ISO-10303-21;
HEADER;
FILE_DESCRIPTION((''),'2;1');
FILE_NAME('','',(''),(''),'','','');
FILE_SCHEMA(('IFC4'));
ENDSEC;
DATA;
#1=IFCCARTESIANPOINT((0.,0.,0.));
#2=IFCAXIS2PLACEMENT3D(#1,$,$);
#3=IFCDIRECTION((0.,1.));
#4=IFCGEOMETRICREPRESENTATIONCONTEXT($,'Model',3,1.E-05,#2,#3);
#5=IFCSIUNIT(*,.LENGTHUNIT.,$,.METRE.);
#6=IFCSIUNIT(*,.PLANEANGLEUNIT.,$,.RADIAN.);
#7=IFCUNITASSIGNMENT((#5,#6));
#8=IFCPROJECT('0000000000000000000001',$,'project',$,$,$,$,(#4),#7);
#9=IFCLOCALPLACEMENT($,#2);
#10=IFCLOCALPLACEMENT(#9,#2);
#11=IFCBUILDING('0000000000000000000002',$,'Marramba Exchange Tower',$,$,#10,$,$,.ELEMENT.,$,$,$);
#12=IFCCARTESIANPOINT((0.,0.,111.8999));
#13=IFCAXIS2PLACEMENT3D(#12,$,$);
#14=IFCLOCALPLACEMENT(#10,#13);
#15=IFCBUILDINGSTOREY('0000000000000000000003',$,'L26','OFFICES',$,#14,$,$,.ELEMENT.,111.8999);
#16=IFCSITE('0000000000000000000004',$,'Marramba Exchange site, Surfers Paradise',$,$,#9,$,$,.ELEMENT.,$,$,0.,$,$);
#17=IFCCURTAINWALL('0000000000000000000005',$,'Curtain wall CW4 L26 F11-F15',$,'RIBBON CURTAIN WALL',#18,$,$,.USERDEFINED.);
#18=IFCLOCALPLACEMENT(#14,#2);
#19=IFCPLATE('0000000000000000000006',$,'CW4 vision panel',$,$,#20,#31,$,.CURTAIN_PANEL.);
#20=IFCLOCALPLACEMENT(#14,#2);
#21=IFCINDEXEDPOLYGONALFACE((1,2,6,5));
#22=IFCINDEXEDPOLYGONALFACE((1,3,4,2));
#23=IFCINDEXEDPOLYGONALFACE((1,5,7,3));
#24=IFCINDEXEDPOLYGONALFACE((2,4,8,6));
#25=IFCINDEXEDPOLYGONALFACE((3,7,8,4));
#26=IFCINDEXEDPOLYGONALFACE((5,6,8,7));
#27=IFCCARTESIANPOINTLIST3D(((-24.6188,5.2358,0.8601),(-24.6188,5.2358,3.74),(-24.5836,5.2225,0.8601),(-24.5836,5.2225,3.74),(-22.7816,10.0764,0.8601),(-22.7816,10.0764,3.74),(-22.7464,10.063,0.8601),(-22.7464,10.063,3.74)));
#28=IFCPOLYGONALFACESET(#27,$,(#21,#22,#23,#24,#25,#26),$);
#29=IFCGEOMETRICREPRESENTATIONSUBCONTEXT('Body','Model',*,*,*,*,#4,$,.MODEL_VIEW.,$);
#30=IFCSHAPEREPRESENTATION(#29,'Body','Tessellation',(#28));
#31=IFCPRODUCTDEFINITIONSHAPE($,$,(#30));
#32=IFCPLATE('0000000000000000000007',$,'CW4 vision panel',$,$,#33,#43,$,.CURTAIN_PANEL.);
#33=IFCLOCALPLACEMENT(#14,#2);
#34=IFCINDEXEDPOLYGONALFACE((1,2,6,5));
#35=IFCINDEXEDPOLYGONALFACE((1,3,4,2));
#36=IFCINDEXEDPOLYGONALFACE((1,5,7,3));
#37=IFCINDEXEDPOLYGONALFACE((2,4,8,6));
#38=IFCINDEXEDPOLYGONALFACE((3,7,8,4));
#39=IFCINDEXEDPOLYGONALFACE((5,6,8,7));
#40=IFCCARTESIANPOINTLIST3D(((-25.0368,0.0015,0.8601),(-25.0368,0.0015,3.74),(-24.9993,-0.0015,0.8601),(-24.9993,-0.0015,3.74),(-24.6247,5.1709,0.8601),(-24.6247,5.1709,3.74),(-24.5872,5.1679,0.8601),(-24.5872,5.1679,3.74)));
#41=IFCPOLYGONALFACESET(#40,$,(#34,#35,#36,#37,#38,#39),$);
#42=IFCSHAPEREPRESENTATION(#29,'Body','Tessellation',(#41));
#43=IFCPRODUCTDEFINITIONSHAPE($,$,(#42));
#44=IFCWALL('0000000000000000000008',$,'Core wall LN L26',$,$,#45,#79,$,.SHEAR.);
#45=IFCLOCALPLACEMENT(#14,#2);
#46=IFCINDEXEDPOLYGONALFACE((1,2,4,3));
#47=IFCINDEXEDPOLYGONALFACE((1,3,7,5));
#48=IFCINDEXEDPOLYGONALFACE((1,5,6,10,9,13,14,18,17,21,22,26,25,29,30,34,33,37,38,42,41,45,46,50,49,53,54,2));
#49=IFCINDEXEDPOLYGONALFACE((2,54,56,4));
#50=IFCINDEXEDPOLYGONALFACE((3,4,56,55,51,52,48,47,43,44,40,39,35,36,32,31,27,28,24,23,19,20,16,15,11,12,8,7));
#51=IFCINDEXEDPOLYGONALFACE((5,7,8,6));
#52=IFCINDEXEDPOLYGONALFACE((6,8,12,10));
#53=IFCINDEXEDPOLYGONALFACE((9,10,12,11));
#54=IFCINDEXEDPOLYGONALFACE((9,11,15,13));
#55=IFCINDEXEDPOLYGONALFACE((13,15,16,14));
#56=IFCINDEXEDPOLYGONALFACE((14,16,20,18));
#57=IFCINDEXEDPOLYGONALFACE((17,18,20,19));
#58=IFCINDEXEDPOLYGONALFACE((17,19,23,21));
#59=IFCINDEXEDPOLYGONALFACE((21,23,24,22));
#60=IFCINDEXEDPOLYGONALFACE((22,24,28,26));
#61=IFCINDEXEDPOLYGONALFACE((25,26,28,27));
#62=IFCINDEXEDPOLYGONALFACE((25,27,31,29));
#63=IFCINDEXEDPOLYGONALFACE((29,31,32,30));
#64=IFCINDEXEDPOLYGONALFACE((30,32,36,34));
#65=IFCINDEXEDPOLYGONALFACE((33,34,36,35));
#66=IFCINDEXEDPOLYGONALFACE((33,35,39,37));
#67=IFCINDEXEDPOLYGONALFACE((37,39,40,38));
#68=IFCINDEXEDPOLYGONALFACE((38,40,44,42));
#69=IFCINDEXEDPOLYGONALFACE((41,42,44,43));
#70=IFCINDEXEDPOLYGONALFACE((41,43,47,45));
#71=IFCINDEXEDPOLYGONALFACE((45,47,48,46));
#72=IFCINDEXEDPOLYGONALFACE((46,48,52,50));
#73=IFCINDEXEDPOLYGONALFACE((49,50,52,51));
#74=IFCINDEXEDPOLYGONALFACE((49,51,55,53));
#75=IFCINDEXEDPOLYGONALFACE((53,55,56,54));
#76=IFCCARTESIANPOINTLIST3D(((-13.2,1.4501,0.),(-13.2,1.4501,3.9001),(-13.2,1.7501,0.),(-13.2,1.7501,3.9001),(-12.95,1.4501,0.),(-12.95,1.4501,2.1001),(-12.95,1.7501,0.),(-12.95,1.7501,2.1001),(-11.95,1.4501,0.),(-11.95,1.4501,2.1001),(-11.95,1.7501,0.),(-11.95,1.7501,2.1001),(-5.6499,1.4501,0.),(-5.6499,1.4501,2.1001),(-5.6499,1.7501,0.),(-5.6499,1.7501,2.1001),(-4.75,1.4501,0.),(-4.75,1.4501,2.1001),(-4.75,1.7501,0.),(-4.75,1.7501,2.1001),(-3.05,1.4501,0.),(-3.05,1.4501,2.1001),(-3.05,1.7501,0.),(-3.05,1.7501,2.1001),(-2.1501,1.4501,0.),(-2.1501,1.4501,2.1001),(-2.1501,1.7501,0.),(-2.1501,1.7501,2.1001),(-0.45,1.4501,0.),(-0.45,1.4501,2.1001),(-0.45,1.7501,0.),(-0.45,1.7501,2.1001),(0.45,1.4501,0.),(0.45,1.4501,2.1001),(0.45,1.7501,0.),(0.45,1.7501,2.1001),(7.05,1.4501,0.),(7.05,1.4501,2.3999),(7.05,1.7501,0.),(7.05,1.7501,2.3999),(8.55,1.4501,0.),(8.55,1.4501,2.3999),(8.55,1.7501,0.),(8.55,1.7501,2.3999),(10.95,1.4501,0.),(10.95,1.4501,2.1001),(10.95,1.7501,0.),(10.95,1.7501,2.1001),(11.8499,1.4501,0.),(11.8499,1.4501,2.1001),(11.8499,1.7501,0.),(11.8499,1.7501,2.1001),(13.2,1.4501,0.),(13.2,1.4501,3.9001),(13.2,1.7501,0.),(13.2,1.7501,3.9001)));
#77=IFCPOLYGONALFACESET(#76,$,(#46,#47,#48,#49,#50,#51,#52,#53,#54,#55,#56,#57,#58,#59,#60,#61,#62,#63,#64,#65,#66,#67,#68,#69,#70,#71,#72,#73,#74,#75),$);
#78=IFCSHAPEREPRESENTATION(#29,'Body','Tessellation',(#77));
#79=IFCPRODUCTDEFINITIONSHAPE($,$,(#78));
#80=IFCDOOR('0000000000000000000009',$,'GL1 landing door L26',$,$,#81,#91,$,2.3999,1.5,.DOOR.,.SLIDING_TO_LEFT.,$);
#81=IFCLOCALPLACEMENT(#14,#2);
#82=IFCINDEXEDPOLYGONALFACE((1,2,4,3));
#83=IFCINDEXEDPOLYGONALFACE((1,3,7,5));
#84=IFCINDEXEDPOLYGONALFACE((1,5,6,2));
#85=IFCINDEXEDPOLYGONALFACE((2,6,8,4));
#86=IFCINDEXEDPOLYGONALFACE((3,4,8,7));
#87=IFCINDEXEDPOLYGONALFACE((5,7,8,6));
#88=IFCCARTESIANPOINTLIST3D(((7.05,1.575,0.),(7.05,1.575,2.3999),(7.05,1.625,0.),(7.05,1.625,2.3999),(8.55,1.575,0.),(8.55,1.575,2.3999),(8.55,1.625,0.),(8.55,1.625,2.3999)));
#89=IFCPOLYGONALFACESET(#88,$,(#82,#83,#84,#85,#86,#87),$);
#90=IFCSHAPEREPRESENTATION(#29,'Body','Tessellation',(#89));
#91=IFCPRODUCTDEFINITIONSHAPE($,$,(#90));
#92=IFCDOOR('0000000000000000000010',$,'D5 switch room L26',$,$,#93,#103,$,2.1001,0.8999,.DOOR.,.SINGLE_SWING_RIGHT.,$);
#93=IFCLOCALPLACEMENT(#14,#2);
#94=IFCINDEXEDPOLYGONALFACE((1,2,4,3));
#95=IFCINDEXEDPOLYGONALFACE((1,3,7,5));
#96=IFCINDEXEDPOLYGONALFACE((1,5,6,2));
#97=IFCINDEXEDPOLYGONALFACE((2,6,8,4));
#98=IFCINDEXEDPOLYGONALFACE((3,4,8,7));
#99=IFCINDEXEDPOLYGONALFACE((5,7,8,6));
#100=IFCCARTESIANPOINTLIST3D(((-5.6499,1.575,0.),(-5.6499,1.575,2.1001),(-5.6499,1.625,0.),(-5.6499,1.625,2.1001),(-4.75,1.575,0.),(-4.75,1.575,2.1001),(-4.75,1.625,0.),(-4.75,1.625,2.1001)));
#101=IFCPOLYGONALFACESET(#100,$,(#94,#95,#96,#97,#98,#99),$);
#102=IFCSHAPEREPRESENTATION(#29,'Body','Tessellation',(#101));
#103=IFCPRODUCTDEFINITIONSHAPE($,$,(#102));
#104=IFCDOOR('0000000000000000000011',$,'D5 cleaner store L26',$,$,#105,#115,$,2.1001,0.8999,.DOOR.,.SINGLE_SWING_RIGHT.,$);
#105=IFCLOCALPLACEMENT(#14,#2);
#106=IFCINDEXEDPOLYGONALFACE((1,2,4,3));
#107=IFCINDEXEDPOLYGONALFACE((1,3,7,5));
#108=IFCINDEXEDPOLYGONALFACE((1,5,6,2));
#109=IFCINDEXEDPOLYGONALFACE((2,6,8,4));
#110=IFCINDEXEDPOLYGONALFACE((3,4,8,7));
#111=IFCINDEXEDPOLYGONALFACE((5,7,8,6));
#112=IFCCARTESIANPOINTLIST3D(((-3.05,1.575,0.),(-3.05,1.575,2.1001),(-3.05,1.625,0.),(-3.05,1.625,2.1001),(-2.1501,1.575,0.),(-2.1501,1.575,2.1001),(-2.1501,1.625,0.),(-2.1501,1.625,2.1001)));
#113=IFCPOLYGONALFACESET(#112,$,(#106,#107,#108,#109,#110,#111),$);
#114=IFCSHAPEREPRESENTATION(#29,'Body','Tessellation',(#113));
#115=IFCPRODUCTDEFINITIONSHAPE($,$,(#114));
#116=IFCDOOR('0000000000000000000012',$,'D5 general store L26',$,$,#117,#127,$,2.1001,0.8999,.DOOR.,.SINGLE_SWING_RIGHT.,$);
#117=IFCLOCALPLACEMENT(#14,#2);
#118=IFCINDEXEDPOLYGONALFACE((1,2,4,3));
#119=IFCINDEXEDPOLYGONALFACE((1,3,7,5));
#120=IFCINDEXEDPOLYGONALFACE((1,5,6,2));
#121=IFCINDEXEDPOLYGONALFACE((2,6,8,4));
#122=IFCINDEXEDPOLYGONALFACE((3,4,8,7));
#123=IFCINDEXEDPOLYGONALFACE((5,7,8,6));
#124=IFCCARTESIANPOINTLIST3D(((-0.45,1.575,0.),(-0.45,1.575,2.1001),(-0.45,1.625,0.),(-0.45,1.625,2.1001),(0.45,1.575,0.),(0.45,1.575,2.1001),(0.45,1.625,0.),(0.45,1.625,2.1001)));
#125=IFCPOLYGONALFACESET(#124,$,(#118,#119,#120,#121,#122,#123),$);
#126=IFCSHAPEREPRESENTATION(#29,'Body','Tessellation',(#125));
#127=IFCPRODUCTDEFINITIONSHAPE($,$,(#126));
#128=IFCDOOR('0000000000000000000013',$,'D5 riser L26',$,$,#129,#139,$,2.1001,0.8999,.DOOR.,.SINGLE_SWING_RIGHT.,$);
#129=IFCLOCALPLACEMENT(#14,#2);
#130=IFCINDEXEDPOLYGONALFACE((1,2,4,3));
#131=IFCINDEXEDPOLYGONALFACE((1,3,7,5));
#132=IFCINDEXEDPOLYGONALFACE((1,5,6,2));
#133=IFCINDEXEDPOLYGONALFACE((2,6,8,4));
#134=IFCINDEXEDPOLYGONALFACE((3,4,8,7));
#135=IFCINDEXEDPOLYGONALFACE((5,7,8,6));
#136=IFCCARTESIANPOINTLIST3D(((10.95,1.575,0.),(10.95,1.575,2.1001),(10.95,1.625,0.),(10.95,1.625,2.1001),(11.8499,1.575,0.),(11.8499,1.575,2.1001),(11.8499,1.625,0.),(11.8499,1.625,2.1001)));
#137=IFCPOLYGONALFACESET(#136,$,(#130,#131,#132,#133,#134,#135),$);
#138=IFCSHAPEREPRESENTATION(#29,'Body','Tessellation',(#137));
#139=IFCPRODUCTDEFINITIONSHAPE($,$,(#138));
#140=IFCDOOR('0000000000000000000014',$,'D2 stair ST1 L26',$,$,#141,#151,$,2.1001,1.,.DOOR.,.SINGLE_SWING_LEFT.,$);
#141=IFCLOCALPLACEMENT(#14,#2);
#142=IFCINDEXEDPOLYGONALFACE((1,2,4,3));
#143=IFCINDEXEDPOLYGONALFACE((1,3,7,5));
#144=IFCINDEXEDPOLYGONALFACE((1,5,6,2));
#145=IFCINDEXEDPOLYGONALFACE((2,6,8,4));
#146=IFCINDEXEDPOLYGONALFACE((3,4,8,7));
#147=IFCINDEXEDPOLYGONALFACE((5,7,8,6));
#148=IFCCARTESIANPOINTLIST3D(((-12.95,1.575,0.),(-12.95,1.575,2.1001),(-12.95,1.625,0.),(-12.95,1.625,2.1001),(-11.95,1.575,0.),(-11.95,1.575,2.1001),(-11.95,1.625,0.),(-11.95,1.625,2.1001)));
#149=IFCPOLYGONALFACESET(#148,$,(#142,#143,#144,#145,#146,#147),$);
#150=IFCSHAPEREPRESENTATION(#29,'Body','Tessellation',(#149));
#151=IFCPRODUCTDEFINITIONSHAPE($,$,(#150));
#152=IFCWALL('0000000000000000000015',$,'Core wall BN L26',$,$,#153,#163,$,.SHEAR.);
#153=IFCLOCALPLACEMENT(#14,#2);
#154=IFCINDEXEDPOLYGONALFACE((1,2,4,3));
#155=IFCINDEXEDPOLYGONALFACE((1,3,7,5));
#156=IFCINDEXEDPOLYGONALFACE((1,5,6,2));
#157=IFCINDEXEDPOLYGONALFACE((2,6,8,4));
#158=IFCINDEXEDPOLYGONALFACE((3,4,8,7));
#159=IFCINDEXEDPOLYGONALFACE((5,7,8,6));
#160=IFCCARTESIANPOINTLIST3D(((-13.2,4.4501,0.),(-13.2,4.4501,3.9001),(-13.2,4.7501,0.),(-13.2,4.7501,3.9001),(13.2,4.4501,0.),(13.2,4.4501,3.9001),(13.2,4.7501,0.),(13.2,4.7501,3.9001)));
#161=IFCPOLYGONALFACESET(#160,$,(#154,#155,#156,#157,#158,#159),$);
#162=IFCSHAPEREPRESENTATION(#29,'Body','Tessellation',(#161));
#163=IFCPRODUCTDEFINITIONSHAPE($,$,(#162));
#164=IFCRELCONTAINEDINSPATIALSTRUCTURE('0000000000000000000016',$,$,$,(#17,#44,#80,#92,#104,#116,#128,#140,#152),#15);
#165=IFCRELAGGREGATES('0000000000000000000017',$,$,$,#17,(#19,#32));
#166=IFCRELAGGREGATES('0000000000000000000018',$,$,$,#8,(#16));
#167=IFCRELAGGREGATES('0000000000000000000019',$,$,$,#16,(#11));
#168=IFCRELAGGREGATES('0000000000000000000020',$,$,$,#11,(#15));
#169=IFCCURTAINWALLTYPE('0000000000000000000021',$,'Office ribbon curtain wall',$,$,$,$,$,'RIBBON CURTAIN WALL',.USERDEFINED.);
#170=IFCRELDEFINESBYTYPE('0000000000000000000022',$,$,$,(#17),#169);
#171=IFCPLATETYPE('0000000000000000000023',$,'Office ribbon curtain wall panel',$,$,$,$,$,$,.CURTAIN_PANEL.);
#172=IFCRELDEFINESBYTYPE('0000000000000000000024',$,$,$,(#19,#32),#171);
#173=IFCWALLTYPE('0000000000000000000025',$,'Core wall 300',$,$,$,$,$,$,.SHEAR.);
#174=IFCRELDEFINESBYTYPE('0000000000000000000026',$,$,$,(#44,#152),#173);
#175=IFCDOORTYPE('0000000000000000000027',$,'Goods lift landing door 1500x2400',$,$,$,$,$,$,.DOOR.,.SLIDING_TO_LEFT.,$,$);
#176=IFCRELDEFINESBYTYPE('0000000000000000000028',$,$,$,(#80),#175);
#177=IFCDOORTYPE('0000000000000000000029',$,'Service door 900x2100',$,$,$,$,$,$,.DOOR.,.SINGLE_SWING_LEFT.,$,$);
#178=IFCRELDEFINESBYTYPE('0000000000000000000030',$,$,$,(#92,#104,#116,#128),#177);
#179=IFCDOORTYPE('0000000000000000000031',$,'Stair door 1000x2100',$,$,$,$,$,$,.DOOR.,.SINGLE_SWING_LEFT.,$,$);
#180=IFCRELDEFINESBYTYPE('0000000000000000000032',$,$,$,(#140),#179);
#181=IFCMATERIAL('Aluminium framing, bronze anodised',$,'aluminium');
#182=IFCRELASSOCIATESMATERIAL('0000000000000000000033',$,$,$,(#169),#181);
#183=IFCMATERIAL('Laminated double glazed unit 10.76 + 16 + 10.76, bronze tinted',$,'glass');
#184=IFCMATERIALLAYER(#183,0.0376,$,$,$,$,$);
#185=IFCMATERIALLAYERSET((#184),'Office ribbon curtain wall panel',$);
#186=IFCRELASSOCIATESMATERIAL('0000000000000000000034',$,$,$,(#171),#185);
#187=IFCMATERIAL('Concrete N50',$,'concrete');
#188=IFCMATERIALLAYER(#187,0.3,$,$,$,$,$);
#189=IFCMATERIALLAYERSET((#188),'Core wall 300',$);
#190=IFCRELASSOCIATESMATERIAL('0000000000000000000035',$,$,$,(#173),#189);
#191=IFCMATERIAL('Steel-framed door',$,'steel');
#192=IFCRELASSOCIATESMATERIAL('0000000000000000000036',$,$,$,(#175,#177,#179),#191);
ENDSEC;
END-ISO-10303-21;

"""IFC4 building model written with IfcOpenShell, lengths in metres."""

from ifc_helpers import new_model, si_unit, direction, frame, frame_2d, origin, origin_2d, place, context, subcontext, project, spatial, rectangle, extrude, material, layer, layer_set, type_object, element, fill, aggregate, save


model = new_model("IFC4")

# Units and contexts
model_context = context("Model", 3, precision=1e-05, world=origin(), true_north=direction((0.0, 1.0)))
body_context = subcontext(model_context, "Body", "Model", "MODEL_VIEW")
ifc_project = project(units=[si_unit("LENGTHUNIT", "METRE"), si_unit("PLANEANGLEUNIT", "RADIAN")], contexts=[model_context])

# Site, building, storey
site_placement = place(None, origin())
site = spatial("IfcSite", under=ifc_project, at=site_placement, Name="Marramba Exchange site, Surfers Paradise", CompositionType="ELEMENT", RefElevation=0.0)
building_placement = place(site_placement, origin())
building = spatial("IfcBuilding", under=site, at=building_placement, Name="Marramba Exchange Tower", CompositionType="ELEMENT")
storey_placement = place(building_placement, frame((0.0, 0.0, 111.8999)))
storey = spatial("IfcBuildingStorey", under=building, at=storey_placement, Name="L26", Description="OFFICES", CompositionType="ELEMENT", Elevation=111.8999)

# Shared definitions
ifc_material_1 = material(Name="Concrete N50", Category="concrete")

# Curtain wall
ifc_material_2 = material(Name="Aluminium framing, bronze anodised", Category="aluminium")
curtain_wall_type = type_object("IfcCurtainWallType", Name="Office ribbon curtain wall", ElementType="RIBBON CURTAIN WALL", PredefinedType="USERDEFINED", material=ifc_material_2)
curtain_wall_placement = place(storey_placement, origin())
curtain_wall = element("IfcCurtainWall", 1, at=curtain_wall_placement, inside=storey, type_object=curtain_wall_type, Name="Curtain wall CW4 L26 F11-F15", ObjectType="RIBBON CURTAIN WALL", PredefinedType="USERDEFINED")

# Plates
ifc_material_3 = material(Name="Laminated double glazed unit 10.76 + 16 + 10.76, bronze tinted", Category="glass")
ifc_layer_1 = layer(ifc_material_3, 0.0376)
ifc_layer_set_1 = layer_set([ifc_layer_1], Name="Office ribbon curtain wall panel")
plate_type = type_object("IfcPlateType", Name="Office ribbon curtain wall panel", PredefinedType="CURTAIN_PANEL", material=ifc_layer_set_1)
plate_1_placement = place(storey_placement, frame((-23.6826, 7.6494, 0.8601), z_axis=(0.0, 0.0, 1.0), x_axis=(-0.354844, -0.934925, 0.0)))
plate_1 = element("IfcPlate", 2, at=plate_1_placement, type_object=plate_type, Name="CW4 vision panel", PredefinedType="CURTAIN_PANEL", context=body_context, shape_type="SweptSolid", body=[
    extrude(rectangle(XDim=5.1775, YDim=0.0376, at=origin_2d()), origin(), (0.0, 0.0, 1.0), 2.8799),
])
plate_2_placement = place(storey_placement, frame((-24.812, 2.5847, 0.8601), z_axis=(0.0, 0.0, 1.0), x_axis=(-0.07946, -0.996838, 0.0)))
plate_2 = element("IfcPlate", 3, at=plate_2_placement, type_object=plate_type, Name="CW4 vision panel", PredefinedType="CURTAIN_PANEL", context=body_context, shape_type="SweptSolid", body=[
    extrude(rectangle(XDim=5.1858, YDim=0.0376, at=origin_2d()), origin(), (0.0, 0.0, 1.0), 2.8799),
])
aggregate(curtain_wall, [plate_1, plate_2])

# Shared definitions
ifc_material_4 = material(Name="Steel-framed door", Category="steel")

# Wall, openings, doors
ifc_layer_2 = layer(ifc_material_1, 0.3)
ifc_layer_set_2 = layer_set([ifc_layer_2], Name="Core wall 300")
wall_type_1 = type_object("IfcWallType", Name="Core wall 300", PredefinedType="SHEAR", material=ifc_layer_set_2)
wall_1_placement = place(storey_placement, frame((-13.2, 1.6001, 0.0), z_axis=(0.0, 0.0, 1.0), x_axis=(1.0, 0.0, 0.0)))
wall_1 = element("IfcWall", 4, at=wall_1_placement, inside=storey, type_object=wall_type_1, Name="Core wall LN L26", PredefinedType="SHEAR", context=body_context, shape_type="SweptSolid", body=[
    extrude(rectangle(XDim=26.3999, YDim=0.3, at=frame_2d((13.2, 0.0))), origin(), (0.0, 0.0, 1.0), 3.9001),
])
opening_1_placement = place(wall_1_placement, frame((0.25, 0.0, 0.0)))
opening_1 = element("IfcOpeningElement", 5, at=opening_1_placement, cuts=wall_1, PredefinedType="OPENING", context=body_context, shape_type="SweptSolid", body=[
    extrude(rectangle(XDim=1.0, YDim=2.1001, at=frame_2d((0.5, 1.05))), frame((0.0, 0.1599, 0.0), z_axis=(0.0, -1.0, 0.0), x_axis=(1.0, 0.0, 0.0)), (0.0, 0.0, 1.0), 0.3201),
])
opening_2_placement = place(wall_1_placement, frame((20.25, 0.0, 0.0)))
opening_2 = element("IfcOpeningElement", 6, at=opening_2_placement, cuts=wall_1, PredefinedType="OPENING", context=body_context, shape_type="SweptSolid", body=[
    extrude(rectangle(XDim=1.5, YDim=2.3999, at=frame_2d((0.75, 1.2))), frame((0.0, 0.1599, 0.0), z_axis=(0.0, -1.0, 0.0), x_axis=(1.0, 0.0, 0.0)), (0.0, 0.0, 1.0), 0.3201),
])
opening_3_placement = place(wall_1_placement, frame((7.55, 0.0, 0.0)))
opening_3 = element("IfcOpeningElement", 7, at=opening_3_placement, cuts=wall_1, PredefinedType="OPENING", context=body_context, shape_type="SweptSolid", body=[
    extrude(rectangle(XDim=0.8999, YDim=2.1001, at=frame_2d((0.45, 1.05))), frame((0.0, 0.1599, 0.0), z_axis=(0.0, -1.0, 0.0), x_axis=(1.0, 0.0, 0.0)), (0.0, 0.0, 1.0), 0.3201),
])
opening_4_placement = place(wall_1_placement, frame((10.1499, 0.0, 0.0)))
opening_4 = element("IfcOpeningElement", 8, at=opening_4_placement, cuts=wall_1, PredefinedType="OPENING", context=body_context, shape_type="SweptSolid", body=[
    extrude(rectangle(XDim=0.8999, YDim=2.1001, at=frame_2d((0.45, 1.05))), frame((0.0, 0.1599, 0.0), z_axis=(0.0, -1.0, 0.0), x_axis=(1.0, 0.0, 0.0)), (0.0, 0.0, 1.0), 0.3201),
])
opening_5_placement = place(wall_1_placement, frame((12.75, 0.0, 0.0)))
opening_5 = element("IfcOpeningElement", 9, at=opening_5_placement, cuts=wall_1, PredefinedType="OPENING", context=body_context, shape_type="SweptSolid", body=[
    extrude(rectangle(XDim=0.8999, YDim=2.1001, at=frame_2d((0.45, 1.05))), frame((0.0, 0.1599, 0.0), z_axis=(0.0, -1.0, 0.0), x_axis=(1.0, 0.0, 0.0)), (0.0, 0.0, 1.0), 0.3201),
])
opening_6_placement = place(wall_1_placement, frame((24.1499, 0.0, 0.0)))
opening_6 = element("IfcOpeningElement", 10, at=opening_6_placement, cuts=wall_1, PredefinedType="OPENING", context=body_context, shape_type="SweptSolid", body=[
    extrude(rectangle(XDim=0.8999, YDim=2.1001, at=frame_2d((0.45, 1.05))), frame((0.0, 0.1599, 0.0), z_axis=(0.0, -1.0, 0.0), x_axis=(1.0, 0.0, 0.0)), (0.0, 0.0, 1.0), 0.3201),
])
door_type_1 = type_object("IfcDoorType", Name="Goods lift landing door 1500x2400", OperationType="SLIDING_TO_LEFT", PredefinedType="DOOR", material=ifc_material_4)
door_1_placement = place(opening_2_placement, origin())
door_1 = element("IfcDoor", 11, at=door_1_placement, inside=storey, type_object=door_type_1, Name="GL1 landing door L26", OperationType="SLIDING_TO_LEFT", OverallHeight=2.3999, OverallWidth=1.5, PredefinedType="DOOR", context=body_context, shape_type="SweptSolid", body=[
    extrude(rectangle(XDim=1.5, YDim=2.3999, at=frame_2d((0.75, 1.2))), frame((0.0, 0.0249, 0.0), z_axis=(0.0, -1.0, 0.0), x_axis=(1.0, 0.0, 0.0)), (0.0, 0.0, 1.0), 0.05),
])
fill(opening_2, door_1)
door_type_2 = type_object("IfcDoorType", Name="Service door 900x2100", OperationType="SINGLE_SWING_LEFT", PredefinedType="DOOR", material=ifc_material_4)
door_2_placement = place(opening_3_placement, origin())
door_2 = element("IfcDoor", 12, at=door_2_placement, inside=storey, type_object=door_type_2, Name="D5 switch room L26", OperationType="SINGLE_SWING_RIGHT", OverallHeight=2.1001, OverallWidth=0.8999, PredefinedType="DOOR", context=body_context, shape_type="SweptSolid", body=[
    extrude(rectangle(XDim=0.8999, YDim=2.1001, at=frame_2d((0.45, 1.05))), frame((0.0, 0.0249, 0.0), z_axis=(0.0, -1.0, 0.0), x_axis=(1.0, 0.0, 0.0)), (0.0, 0.0, 1.0), 0.05),
])
fill(opening_3, door_2)
door_3_placement = place(opening_4_placement, origin())
door_3 = element("IfcDoor", 13, at=door_3_placement, inside=storey, type_object=door_type_2, Name="D5 cleaner store L26", OperationType="SINGLE_SWING_RIGHT", OverallHeight=2.1001, OverallWidth=0.8999, PredefinedType="DOOR", context=body_context, shape_type="SweptSolid", body=[
    extrude(rectangle(XDim=0.8999, YDim=2.1001, at=frame_2d((0.45, 1.05))), frame((0.0, 0.0249, 0.0), z_axis=(0.0, -1.0, 0.0), x_axis=(1.0, 0.0, 0.0)), (0.0, 0.0, 1.0), 0.05),
])
fill(opening_4, door_3)
door_4_placement = place(opening_5_placement, origin())
door_4 = element("IfcDoor", 14, at=door_4_placement, inside=storey, type_object=door_type_2, Name="D5 general store L26", OperationType="SINGLE_SWING_RIGHT", OverallHeight=2.1001, OverallWidth=0.8999, PredefinedType="DOOR", context=body_context, shape_type="SweptSolid", body=[
    extrude(rectangle(XDim=0.8999, YDim=2.1001, at=frame_2d((0.45, 1.05))), frame((0.0, 0.0249, 0.0), z_axis=(0.0, -1.0, 0.0), x_axis=(1.0, 0.0, 0.0)), (0.0, 0.0, 1.0), 0.05),
])
fill(opening_5, door_4)
door_5_placement = place(opening_6_placement, origin())
door_5 = element("IfcDoor", 15, at=door_5_placement, inside=storey, type_object=door_type_2, Name="D5 riser L26", OperationType="SINGLE_SWING_RIGHT", OverallHeight=2.1001, OverallWidth=0.8999, PredefinedType="DOOR", context=body_context, shape_type="SweptSolid", body=[
    extrude(rectangle(XDim=0.8999, YDim=2.1001, at=frame_2d((0.45, 1.05))), frame((0.0, 0.0249, 0.0), z_axis=(0.0, -1.0, 0.0), x_axis=(1.0, 0.0, 0.0)), (0.0, 0.0, 1.0), 0.05),
])
fill(opening_6, door_5)
door_type_3 = type_object("IfcDoorType", Name="Stair door 1000x2100", OperationType="SINGLE_SWING_LEFT", PredefinedType="DOOR", material=ifc_material_4)
door_6_placement = place(opening_1_placement, origin())
door_6 = element("IfcDoor", 16, at=door_6_placement, inside=storey, type_object=door_type_3, Name="D2 stair ST1 L26", OperationType="SINGLE_SWING_LEFT", OverallHeight=2.1001, OverallWidth=1.0, PredefinedType="DOOR", context=body_context, shape_type="SweptSolid", body=[
    extrude(rectangle(XDim=1.0, YDim=2.1001, at=frame_2d((0.5, 1.05))), frame((0.0, 0.0249, 0.0), z_axis=(0.0, -1.0, 0.0), x_axis=(1.0, 0.0, 0.0)), (0.0, 0.0, 1.0), 0.05),
])
fill(opening_1, door_6)

# Wall
wall_2_placement = place(storey_placement, frame((-13.2, 4.6001, 0.0), z_axis=(0.0, 0.0, 1.0), x_axis=(1.0, 0.0, 0.0)))
element("IfcWall", 17, at=wall_2_placement, inside=storey, type_object=wall_type_1, Name="Core wall BN L26", PredefinedType="SHEAR", context=body_context, shape_type="SweptSolid", body=[
    extrude(rectangle(XDim=26.3999, YDim=0.3, at=frame_2d((13.2, 0.0))), origin(), (0.0, 0.0, 1.0), 3.9001),
])

save(model, "model.ifc")
